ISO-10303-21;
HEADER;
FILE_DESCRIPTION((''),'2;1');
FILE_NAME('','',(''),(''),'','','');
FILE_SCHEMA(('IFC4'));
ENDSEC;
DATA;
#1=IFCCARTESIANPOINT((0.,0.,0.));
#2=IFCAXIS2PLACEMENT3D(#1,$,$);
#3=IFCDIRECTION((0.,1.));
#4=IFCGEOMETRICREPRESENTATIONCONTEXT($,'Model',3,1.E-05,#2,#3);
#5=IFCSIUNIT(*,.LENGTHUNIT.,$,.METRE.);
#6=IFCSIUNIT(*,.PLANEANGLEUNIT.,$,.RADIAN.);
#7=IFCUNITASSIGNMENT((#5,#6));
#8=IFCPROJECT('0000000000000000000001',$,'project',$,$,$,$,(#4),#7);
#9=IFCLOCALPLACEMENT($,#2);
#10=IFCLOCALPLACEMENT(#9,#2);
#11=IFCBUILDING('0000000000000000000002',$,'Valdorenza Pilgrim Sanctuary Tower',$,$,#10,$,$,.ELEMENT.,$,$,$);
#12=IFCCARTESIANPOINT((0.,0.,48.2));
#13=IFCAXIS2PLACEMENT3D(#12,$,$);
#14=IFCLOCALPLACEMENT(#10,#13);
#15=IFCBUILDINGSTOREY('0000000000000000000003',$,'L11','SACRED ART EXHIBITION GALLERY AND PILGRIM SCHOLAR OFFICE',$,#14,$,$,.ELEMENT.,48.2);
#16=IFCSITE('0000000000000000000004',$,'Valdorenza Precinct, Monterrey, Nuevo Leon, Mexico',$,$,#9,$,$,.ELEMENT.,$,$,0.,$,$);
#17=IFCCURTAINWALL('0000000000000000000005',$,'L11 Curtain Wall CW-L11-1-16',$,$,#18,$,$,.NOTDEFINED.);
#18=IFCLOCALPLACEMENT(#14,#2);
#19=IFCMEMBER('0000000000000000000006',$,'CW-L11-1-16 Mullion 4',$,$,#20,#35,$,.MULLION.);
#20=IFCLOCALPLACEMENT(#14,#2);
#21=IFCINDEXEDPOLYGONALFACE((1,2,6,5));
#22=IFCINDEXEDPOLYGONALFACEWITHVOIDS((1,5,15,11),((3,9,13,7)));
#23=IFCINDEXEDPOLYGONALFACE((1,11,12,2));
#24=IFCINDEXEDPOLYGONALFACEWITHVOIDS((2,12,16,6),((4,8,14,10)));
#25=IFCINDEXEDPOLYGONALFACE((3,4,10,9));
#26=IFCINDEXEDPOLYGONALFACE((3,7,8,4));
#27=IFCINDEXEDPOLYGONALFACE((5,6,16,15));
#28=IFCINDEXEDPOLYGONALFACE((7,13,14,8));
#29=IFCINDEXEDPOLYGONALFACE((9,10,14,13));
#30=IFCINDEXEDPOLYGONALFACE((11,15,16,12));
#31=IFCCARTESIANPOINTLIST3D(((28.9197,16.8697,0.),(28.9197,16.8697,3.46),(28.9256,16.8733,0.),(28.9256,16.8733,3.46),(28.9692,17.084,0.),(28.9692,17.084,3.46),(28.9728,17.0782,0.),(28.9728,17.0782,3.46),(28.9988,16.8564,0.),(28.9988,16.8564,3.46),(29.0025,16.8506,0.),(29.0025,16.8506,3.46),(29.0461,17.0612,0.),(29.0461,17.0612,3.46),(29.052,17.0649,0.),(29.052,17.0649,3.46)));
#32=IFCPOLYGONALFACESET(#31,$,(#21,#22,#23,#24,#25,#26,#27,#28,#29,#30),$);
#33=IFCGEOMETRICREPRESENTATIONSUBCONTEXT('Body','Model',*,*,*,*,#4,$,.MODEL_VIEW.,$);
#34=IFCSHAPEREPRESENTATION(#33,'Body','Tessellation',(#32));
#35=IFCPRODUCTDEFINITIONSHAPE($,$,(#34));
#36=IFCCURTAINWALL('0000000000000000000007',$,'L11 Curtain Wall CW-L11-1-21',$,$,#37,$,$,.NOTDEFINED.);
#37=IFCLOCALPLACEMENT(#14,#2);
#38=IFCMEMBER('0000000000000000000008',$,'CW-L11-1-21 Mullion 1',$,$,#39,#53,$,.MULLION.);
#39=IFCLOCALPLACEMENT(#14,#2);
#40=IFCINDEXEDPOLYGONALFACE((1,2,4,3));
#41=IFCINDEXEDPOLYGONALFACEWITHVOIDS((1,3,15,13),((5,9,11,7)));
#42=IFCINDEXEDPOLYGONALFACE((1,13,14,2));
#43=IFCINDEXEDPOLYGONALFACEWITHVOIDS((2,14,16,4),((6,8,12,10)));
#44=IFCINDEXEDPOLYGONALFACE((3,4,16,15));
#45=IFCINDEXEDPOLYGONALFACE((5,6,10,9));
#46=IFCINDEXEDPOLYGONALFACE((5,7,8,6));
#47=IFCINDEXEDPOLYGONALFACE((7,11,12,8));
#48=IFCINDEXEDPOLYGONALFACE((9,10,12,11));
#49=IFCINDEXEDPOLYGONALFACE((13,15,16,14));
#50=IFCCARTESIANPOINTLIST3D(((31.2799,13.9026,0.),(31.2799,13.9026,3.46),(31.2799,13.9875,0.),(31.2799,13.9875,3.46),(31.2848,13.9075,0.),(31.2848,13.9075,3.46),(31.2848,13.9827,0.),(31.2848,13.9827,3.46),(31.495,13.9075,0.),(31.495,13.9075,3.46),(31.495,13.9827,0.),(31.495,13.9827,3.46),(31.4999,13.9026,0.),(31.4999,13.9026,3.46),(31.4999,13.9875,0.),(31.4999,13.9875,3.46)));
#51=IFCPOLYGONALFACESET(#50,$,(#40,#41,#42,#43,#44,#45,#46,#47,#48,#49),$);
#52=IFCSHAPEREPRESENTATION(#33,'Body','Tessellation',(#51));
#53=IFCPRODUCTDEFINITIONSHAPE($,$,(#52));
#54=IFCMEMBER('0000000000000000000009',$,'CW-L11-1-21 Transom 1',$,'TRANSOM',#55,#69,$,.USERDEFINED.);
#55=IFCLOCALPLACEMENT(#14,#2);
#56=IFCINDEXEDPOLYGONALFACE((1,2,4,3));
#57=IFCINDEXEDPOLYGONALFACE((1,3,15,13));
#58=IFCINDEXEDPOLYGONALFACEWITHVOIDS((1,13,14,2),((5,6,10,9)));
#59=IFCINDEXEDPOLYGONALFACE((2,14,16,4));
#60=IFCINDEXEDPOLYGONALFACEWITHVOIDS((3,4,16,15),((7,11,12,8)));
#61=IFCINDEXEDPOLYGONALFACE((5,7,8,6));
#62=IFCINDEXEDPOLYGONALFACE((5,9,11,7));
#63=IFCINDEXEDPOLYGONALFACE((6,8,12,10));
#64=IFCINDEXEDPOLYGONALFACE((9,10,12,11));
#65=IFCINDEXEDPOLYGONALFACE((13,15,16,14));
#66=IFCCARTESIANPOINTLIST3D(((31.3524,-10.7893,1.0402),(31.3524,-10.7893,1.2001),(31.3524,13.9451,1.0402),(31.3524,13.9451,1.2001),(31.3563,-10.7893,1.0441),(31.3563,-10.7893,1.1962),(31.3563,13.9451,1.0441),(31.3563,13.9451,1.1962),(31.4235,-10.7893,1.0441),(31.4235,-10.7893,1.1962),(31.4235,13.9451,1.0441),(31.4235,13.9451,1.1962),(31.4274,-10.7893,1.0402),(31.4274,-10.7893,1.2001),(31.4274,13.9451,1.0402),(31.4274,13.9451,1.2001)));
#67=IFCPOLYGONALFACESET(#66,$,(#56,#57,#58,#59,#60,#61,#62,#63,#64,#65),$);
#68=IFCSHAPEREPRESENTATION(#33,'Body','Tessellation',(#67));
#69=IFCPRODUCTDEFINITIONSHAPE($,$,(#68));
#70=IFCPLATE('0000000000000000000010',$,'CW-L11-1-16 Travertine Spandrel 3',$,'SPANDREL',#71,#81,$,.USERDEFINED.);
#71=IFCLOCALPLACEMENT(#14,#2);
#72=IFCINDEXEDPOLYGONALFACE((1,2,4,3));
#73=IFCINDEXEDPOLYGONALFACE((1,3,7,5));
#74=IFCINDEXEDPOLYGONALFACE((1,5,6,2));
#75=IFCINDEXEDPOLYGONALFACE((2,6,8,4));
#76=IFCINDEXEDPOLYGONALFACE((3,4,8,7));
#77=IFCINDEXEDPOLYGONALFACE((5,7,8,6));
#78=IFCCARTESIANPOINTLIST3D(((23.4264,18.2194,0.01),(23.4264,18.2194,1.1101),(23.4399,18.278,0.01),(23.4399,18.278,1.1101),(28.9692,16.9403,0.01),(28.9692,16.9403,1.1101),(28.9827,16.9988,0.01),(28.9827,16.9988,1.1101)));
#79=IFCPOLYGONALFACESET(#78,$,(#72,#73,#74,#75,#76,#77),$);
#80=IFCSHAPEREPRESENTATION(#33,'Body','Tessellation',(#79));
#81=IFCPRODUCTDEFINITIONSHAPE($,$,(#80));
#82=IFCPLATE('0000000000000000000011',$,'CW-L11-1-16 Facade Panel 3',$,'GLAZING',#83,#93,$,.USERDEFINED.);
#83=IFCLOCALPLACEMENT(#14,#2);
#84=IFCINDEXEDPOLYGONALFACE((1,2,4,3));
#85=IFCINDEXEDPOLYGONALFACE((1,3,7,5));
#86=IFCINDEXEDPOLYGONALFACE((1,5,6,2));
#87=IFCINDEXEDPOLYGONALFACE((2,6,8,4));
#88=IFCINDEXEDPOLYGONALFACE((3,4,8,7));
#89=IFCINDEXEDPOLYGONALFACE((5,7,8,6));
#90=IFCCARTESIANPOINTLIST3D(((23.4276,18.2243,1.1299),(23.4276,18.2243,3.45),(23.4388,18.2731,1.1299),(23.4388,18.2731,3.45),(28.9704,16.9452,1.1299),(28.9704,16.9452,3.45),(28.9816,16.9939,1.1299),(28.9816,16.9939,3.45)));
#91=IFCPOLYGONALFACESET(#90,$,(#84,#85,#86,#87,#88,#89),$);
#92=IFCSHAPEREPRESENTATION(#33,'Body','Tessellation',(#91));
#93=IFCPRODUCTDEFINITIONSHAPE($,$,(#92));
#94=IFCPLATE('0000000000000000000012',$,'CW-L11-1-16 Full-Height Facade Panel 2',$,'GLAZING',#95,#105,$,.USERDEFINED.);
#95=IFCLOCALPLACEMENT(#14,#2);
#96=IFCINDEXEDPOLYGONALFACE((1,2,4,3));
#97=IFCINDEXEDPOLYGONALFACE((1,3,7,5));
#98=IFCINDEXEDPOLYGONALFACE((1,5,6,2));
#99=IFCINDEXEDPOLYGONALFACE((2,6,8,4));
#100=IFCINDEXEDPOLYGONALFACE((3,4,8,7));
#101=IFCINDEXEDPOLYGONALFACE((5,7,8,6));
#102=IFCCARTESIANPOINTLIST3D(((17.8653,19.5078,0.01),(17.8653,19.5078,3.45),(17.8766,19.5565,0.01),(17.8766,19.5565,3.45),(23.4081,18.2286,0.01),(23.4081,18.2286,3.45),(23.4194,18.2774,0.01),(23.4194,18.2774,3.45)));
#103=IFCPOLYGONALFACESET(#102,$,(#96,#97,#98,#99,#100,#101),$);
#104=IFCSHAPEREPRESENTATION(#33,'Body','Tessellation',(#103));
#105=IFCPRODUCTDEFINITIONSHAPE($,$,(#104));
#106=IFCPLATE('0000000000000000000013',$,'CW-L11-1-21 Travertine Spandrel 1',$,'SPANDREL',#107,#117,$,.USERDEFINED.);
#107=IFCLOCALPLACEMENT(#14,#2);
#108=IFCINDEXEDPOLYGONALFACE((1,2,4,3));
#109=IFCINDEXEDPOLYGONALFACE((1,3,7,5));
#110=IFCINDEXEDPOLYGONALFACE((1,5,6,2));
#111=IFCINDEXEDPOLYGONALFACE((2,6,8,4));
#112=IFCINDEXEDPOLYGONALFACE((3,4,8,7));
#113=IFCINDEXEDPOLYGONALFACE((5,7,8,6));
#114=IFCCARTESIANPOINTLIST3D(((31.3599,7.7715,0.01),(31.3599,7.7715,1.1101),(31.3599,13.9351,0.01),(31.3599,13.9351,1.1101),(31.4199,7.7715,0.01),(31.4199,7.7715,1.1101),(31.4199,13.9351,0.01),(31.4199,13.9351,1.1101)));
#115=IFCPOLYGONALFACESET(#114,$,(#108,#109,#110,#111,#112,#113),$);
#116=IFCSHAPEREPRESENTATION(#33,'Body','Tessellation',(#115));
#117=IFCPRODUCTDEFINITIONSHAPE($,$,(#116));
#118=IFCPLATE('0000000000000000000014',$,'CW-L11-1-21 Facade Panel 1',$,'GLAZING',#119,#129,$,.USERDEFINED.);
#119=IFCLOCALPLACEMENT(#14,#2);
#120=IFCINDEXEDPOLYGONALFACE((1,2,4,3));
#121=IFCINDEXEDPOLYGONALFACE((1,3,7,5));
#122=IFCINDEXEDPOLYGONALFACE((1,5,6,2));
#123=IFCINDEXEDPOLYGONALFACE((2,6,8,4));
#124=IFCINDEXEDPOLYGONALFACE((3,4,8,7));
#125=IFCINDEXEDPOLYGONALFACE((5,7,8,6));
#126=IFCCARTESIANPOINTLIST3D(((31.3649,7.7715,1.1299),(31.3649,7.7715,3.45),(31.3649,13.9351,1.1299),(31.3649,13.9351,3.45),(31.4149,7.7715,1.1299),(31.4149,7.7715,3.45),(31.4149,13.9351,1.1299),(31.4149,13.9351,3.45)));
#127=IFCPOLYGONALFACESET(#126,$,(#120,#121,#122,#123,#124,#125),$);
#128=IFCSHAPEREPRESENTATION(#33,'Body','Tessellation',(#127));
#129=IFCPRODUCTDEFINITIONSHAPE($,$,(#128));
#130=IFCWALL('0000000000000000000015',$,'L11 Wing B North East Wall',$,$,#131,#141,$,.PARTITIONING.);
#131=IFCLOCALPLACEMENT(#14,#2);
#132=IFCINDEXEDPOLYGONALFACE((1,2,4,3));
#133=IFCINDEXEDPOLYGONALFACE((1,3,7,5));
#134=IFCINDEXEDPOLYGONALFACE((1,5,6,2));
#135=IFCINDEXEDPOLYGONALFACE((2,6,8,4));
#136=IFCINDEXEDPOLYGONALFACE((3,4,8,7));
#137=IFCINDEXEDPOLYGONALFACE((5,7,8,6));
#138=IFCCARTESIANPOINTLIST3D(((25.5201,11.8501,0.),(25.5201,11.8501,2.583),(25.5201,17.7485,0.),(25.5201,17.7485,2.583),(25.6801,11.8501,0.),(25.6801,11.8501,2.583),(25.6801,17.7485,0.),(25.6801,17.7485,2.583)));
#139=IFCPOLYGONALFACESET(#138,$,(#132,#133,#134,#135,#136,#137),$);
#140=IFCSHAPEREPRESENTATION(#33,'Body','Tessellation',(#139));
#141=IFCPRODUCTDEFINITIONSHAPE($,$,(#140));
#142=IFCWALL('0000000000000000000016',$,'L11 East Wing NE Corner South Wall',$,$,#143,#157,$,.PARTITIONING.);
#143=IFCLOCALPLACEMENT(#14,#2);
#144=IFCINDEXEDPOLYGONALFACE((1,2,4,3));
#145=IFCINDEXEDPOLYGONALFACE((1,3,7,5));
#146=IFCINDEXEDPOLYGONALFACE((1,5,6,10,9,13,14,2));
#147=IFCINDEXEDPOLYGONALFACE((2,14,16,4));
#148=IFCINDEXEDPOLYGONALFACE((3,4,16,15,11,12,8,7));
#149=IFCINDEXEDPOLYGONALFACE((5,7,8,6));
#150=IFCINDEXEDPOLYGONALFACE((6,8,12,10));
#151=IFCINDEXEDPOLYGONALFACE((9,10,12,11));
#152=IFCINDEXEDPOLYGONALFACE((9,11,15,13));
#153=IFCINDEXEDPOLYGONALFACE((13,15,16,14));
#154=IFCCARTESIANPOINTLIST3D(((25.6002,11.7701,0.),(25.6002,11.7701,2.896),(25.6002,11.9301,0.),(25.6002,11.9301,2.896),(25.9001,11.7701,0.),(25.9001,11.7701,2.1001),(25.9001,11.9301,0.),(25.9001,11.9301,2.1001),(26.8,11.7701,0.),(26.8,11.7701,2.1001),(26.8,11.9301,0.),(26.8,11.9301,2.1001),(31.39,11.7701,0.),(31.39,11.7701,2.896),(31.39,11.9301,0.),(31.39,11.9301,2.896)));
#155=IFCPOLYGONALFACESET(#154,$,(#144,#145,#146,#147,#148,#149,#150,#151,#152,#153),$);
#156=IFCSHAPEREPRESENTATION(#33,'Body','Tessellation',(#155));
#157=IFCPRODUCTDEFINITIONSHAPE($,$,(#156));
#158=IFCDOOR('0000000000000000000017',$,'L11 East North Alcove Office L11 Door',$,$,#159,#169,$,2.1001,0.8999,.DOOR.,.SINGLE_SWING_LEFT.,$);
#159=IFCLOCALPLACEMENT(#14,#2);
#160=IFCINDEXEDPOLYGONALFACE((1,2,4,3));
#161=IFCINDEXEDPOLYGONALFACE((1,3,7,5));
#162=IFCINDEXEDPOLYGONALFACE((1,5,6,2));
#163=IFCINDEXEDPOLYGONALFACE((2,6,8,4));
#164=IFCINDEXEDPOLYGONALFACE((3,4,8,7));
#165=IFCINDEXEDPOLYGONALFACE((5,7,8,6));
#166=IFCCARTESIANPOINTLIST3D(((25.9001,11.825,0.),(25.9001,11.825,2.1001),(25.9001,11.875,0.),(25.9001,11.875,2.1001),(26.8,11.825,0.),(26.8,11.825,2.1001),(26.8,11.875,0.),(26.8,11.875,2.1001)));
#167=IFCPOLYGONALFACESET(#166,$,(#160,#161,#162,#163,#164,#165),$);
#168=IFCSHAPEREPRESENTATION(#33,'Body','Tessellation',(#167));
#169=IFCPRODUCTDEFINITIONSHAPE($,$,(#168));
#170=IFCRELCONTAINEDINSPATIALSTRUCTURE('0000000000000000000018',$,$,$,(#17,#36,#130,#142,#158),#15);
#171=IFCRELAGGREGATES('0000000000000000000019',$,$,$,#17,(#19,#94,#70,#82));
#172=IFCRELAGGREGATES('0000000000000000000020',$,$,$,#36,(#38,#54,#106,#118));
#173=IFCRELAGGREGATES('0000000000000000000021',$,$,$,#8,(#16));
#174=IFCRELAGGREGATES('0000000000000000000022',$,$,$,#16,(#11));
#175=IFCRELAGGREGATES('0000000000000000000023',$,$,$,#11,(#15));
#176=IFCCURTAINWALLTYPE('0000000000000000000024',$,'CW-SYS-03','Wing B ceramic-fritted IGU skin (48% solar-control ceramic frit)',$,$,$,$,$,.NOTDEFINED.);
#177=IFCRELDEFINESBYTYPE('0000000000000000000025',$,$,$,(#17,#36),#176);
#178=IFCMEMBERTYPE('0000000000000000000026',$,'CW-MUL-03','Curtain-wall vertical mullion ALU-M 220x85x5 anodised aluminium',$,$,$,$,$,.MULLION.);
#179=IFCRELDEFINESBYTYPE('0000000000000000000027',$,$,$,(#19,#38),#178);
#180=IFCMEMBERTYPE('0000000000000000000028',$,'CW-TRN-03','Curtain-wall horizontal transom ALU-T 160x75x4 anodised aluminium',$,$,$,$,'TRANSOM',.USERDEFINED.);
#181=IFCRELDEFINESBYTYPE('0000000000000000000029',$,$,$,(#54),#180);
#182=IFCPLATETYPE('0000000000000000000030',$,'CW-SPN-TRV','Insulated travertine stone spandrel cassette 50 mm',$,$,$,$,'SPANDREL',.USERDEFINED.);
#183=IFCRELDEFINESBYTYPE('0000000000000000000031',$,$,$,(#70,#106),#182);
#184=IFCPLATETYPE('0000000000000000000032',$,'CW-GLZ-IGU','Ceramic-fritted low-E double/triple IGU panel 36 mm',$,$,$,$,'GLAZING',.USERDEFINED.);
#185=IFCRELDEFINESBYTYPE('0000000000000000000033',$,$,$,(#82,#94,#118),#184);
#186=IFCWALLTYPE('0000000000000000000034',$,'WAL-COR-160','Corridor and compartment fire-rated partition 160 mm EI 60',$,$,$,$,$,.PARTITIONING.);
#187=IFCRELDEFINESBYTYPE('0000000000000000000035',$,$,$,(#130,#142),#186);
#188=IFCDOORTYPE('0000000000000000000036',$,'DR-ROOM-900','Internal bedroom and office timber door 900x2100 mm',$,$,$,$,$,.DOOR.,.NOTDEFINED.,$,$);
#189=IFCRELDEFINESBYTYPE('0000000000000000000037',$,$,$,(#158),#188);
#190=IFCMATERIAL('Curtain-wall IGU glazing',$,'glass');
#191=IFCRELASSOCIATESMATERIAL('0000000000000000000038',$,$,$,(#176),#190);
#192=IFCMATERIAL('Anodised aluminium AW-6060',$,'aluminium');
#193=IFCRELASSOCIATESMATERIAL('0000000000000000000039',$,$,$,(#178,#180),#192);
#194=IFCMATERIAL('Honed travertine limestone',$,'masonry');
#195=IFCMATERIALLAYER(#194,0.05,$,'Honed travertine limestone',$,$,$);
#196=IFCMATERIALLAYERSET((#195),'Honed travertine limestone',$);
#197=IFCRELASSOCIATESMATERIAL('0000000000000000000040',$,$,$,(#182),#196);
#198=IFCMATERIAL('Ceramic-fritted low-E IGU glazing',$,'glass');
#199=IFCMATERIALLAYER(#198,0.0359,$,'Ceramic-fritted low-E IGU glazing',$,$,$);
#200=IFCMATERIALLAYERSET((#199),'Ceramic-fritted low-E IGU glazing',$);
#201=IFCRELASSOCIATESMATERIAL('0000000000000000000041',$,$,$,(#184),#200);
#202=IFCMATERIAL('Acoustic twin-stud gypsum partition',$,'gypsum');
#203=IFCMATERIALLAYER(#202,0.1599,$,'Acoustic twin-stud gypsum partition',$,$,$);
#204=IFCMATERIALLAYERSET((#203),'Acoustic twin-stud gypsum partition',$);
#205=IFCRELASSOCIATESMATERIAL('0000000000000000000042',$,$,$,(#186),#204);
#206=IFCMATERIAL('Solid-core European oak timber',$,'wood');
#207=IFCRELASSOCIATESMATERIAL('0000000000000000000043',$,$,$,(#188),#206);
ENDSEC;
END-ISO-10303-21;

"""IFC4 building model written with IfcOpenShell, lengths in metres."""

from ifc_helpers import new_model, si_unit, direction, frame, frame_2d, origin, origin_2d, place, context, subcontext, project, spatial, rectangle, hollow_rectangle, extrude, source, transform, mapped, material, layer, layer_set, material_profile, profile_set, type_object, element, fill, aggregate, save


model = new_model("IFC4")

# Units and contexts
model_context = context("Model", 3, precision=1e-05, world=origin(), true_north=direction((0.0, 1.0)))
body_context = subcontext(model_context, "Body", "Model", "MODEL_VIEW")
ifc_project = project(units=[si_unit("LENGTHUNIT", "METRE"), si_unit("PLANEANGLEUNIT", "RADIAN")], contexts=[model_context])

# Site, building, storey
site_placement = place(None, origin())
site = spatial("IfcSite", under=ifc_project, at=site_placement, Name="Valdorenza Precinct, Monterrey, Nuevo Leon, Mexico", CompositionType="ELEMENT", RefElevation=0.0)
building_placement = place(site_placement, origin())
building = spatial("IfcBuilding", under=site, at=building_placement, Name="Valdorenza Pilgrim Sanctuary Tower", CompositionType="ELEMENT")
storey_placement = place(building_placement, frame((0.0, 0.0, 48.2)))
storey = spatial("IfcBuildingStorey", under=building, at=storey_placement, Name="L11", Description="SACRED ART EXHIBITION GALLERY AND PILGRIM SCHOLAR OFFICE", CompositionType="ELEMENT", Elevation=48.2)

# Curtain walls, members
ifc_material_1 = material(Name="Curtain-wall IGU glazing", Category="glass")
curtain_wall_type = type_object("IfcCurtainWallType", Name="CW-SYS-03", Description="Wing B ceramic-fritted IGU skin (48% solar-control ceramic frit)", PredefinedType="NOTDEFINED", material=ifc_material_1)
curtain_wall_1_placement = place(storey_placement, origin())
curtain_wall_1 = element("IfcCurtainWall", 1, at=curtain_wall_1_placement, inside=storey, type_object=curtain_wall_type, Name="L11 Curtain Wall CW-L11-1-16", PredefinedType="NOTDEFINED")
ifc_material_2 = material(Name="Anodised aluminium AW-6060", Category="aluminium")
ifc_material_profile_1 = material_profile(ifc_material_2, hollow_rectangle(XDim=0.085, YDim=0.22, WallThickness=0.0049, at=origin_2d()), Name="ALU-M 220x85x5")
ifc_profile_set_1 = profile_set([ifc_material_profile_1], Name="Anodised aluminium AW-6060")
member_type_1 = type_object("IfcMemberType", Name="CW-MUL-03", Description="Curtain-wall vertical mullion ALU-M 220x85x5 anodised aluminium", PredefinedType="MULLION", material=ifc_profile_set_1)
shared_shape_1 = source(origin(), body_context, "Body", "SweptSolid", [
    extrude(hollow_rectangle(XDim=0.085, YDim=0.22, WallThickness=0.0049, at=origin_2d()), origin(), (0.0, 0.0, 1.0), 3.46),
])
member_1_placement = place(storey_placement, frame((28.9858, 16.9673, 0.0), z_axis=(0.0, 0.0, 1.0), x_axis=(0.97439, -0.224866, 0.0)))
member_1 = element("IfcMember", 2, at=member_1_placement, type_object=member_type_1, Name="CW-L11-1-16 Mullion 4", PredefinedType="MULLION", context=body_context, shape_type="MappedRepresentation", body=[
    mapped(shared_shape_1, transform((0.0, 0.0, 0.0), x_axis=(1.0, 0.0, 0.0), y_axis=(0.0, 1.0, 0.0), z_axis=(0.0, 0.0, 1.0), scale=1.0)),
])
curtain_wall_2_placement = place(storey_placement, origin())
curtain_wall_2 = element("IfcCurtainWall", 3, at=curtain_wall_2_placement, inside=storey, type_object=curtain_wall_type, Name="L11 Curtain Wall CW-L11-1-21", PredefinedType="NOTDEFINED")
member_2_placement = place(storey_placement, frame((31.3899, 13.9451, 0.0), z_axis=(0.0, 0.0, 1.0), x_axis=(0.0, -1.0, 0.0)))
member_2 = element("IfcMember", 4, at=member_2_placement, type_object=member_type_1, Name="CW-L11-1-21 Mullion 1", PredefinedType="MULLION", context=body_context, shape_type="MappedRepresentation", body=[
    mapped(shared_shape_1, transform((0.0, 0.0, 0.0), x_axis=(1.0, 0.0, 0.0), y_axis=(0.0, 1.0, 0.0), z_axis=(0.0, 0.0, 1.0), scale=1.0)),
])
ifc_material_profile_2 = material_profile(ifc_material_2, hollow_rectangle(XDim=0.075, YDim=0.1599, WallThickness=0.0039, at=origin_2d()), Name="ALU-T 160x75x4")
ifc_profile_set_2 = profile_set([ifc_material_profile_2], Name="Anodised aluminium AW-6060")
member_type_2 = type_object("IfcMemberType", Name="CW-TRN-03", Description="Curtain-wall horizontal transom ALU-T 160x75x4 anodised aluminium", ElementType="TRANSOM", PredefinedType="USERDEFINED", material=ifc_profile_set_2)
shared_shape_2 = source(origin(), body_context, "Body", "SweptSolid", [
    extrude(hollow_rectangle(XDim=0.075, YDim=0.1599, WallThickness=0.0039, at=origin_2d()), origin(), (0.0, 0.0, 1.0), 24.7344),
])
member_3_placement = place(storey_placement, frame((31.3899, 13.9451, 1.1201), z_axis=(0.0, -1.0, 0.0), x_axis=(1.0, 0.0, 0.0)))
member_3 = element("IfcMember", 5, at=member_3_placement, type_object=member_type_2, Name="CW-L11-1-21 Transom 1", ObjectType="TRANSOM", PredefinedType="USERDEFINED", context=body_context, shape_type="MappedRepresentation", body=[
    mapped(shared_shape_2, transform((0.0, 0.0, 0.0), x_axis=(1.0, 0.0, 0.0), y_axis=(0.0, 1.0, 0.0), z_axis=(0.0, 0.0, 1.0), scale=1.0)),
])

# Plates
ifc_material_3 = material(Name="Honed travertine limestone", Category="masonry")
ifc_layer_1 = layer(ifc_material_3, 0.05, Name="Honed travertine limestone")
ifc_layer_set_1 = layer_set([ifc_layer_1], Name="Honed travertine limestone")
plate_type_1 = type_object("IfcPlateType", Name="CW-SPN-TRV", Description="Insulated travertine stone spandrel cassette 50 mm", ElementType="SPANDREL", PredefinedType="USERDEFINED", material=ifc_layer_set_1)
shared_shape_3 = source(origin(), body_context, "Body", "SweptSolid", [
    extrude(rectangle(XDim=5.6885, YDim=0.0601, at=origin_2d()), origin(), (0.0, 0.0, 1.0), 1.1001),
])
plate_1_placement = place(storey_placement, frame((26.2046, 17.6091, 0.01), z_axis=(0.0, 0.0, 1.0), x_axis=(0.97439, -0.224866, 0.0)))
plate_1 = element("IfcPlate", 6, at=plate_1_placement, type_object=plate_type_1, Name="CW-L11-1-16 Travertine Spandrel 3", ObjectType="SPANDREL", PredefinedType="USERDEFINED", context=body_context, shape_type="MappedRepresentation", body=[
    mapped(shared_shape_3, transform((0.0, 0.0, 0.0), x_axis=(1.0, 0.0, 0.0), y_axis=(0.0, 1.0, 0.0), z_axis=(0.0, 0.0, 1.0), scale=1.0)),
])
ifc_material_4 = material(Name="Ceramic-fritted low-E IGU glazing", Category="glass")
ifc_layer_2 = layer(ifc_material_4, 0.0359, Name="Ceramic-fritted low-E IGU glazing")
ifc_layer_set_2 = layer_set([ifc_layer_2], Name="Ceramic-fritted low-E IGU glazing")
plate_type_2 = type_object("IfcPlateType", Name="CW-GLZ-IGU", Description="Ceramic-fritted low-E double/triple IGU panel 36 mm", ElementType="GLAZING", PredefinedType="USERDEFINED", material=ifc_layer_set_2)
shared_shape_4 = source(origin(), body_context, "Body", "SweptSolid", [
    extrude(rectangle(XDim=5.6885, YDim=0.05, at=origin_2d()), origin(), (0.0, 0.0, 1.0), 2.3201),
])
plate_2_placement = place(storey_placement, frame((26.2046, 17.6091, 1.1299), z_axis=(0.0, 0.0, 1.0), x_axis=(0.97439, -0.224866, 0.0)))
plate_2 = element("IfcPlate", 7, at=plate_2_placement, type_object=plate_type_2, Name="CW-L11-1-16 Facade Panel 3", ObjectType="GLAZING", PredefinedType="USERDEFINED", context=body_context, shape_type="MappedRepresentation", body=[
    mapped(shared_shape_4, transform((0.0, 0.0, 0.0), x_axis=(1.0, 0.0, 0.0), y_axis=(0.0, 1.0, 0.0), z_axis=(0.0, 0.0, 1.0), scale=1.0)),
])
shared_shape_5 = source(origin(), body_context, "Body", "SweptSolid", [
    extrude(rectangle(XDim=5.6885, YDim=0.05, at=origin_2d()), origin(), (0.0, 0.0, 1.0), 3.4399),
])
plate_3_placement = place(storey_placement, frame((20.6423, 18.8926, 0.01), z_axis=(0.0, 0.0, 1.0), x_axis=(0.97439, -0.224866, 0.0)))
plate_3 = element("IfcPlate", 8, at=plate_3_placement, type_object=plate_type_2, Name="CW-L11-1-16 Full-Height Facade Panel 2", ObjectType="GLAZING", PredefinedType="USERDEFINED", context=body_context, shape_type="MappedRepresentation", body=[
    mapped(shared_shape_5, transform((0.0, 0.0, 0.0), x_axis=(1.0, 0.0, 0.0), y_axis=(0.0, 1.0, 0.0), z_axis=(0.0, 0.0, 1.0), scale=1.0)),
])
aggregate(curtain_wall_1, [member_1, plate_3, plate_1, plate_2])
shared_shape_6 = source(origin(), body_context, "Body", "SweptSolid", [
    extrude(rectangle(XDim=6.1636, YDim=0.0601, at=origin_2d()), origin(), (0.0, 0.0, 1.0), 1.1001),
])
plate_4_placement = place(storey_placement, frame((31.3899, 10.8533, 0.01), z_axis=(0.0, 0.0, 1.0), x_axis=(0.0, -1.0, 0.0)))
plate_4 = element("IfcPlate", 9, at=plate_4_placement, type_object=plate_type_1, Name="CW-L11-1-21 Travertine Spandrel 1", ObjectType="SPANDREL", PredefinedType="USERDEFINED", context=body_context, shape_type="MappedRepresentation", body=[
    mapped(shared_shape_6, transform((0.0, 0.0, 0.0), x_axis=(1.0, 0.0, 0.0), y_axis=(0.0, 1.0, 0.0), z_axis=(0.0, 0.0, 1.0), scale=1.0)),
])
shared_shape_7 = source(origin(), body_context, "Body", "SweptSolid", [
    extrude(rectangle(XDim=6.1636, YDim=0.05, at=origin_2d()), origin(), (0.0, 0.0, 1.0), 2.3201),
])
plate_5_placement = place(storey_placement, frame((31.3899, 10.8533, 1.1299), z_axis=(0.0, 0.0, 1.0), x_axis=(0.0, -1.0, 0.0)))
plate_5 = element("IfcPlate", 10, at=plate_5_placement, type_object=plate_type_2, Name="CW-L11-1-21 Facade Panel 1", ObjectType="GLAZING", PredefinedType="USERDEFINED", context=body_context, shape_type="MappedRepresentation", body=[
    mapped(shared_shape_7, transform((0.0, 0.0, 0.0), x_axis=(1.0, 0.0, 0.0), y_axis=(0.0, 1.0, 0.0), z_axis=(0.0, 0.0, 1.0), scale=1.0)),
])
aggregate(curtain_wall_2, [member_2, member_3, plate_4, plate_5])

# Wall
ifc_material_5 = material(Name="Acoustic twin-stud gypsum partition", Category="gypsum")
ifc_layer_3 = layer(ifc_material_5, 0.1599, Name="Acoustic twin-stud gypsum partition")
ifc_layer_set_3 = layer_set([ifc_layer_3], Name="Acoustic twin-stud gypsum partition")
wall_type_1 = type_object("IfcWallType", Name="WAL-COR-160", Description="Corridor and compartment fire-rated partition 160 mm EI 60", PredefinedType="PARTITIONING", material=ifc_layer_set_3)
wall_1_placement = place(storey_placement, frame((25.6001, 11.8501, 0.0), z_axis=(0.0, 0.0, 1.0), x_axis=(0.0, 1.0, 0.0)))
element("IfcWall", 11, at=wall_1_placement, inside=storey, type_object=wall_type_1, Name="L11 Wing B North East Wall", PredefinedType="PARTITIONING", context=body_context, shape_type="SweptSolid", body=[
    extrude(rectangle(XDim=5.8984, YDim=0.1599, at=frame_2d((2.9492, 0.0))), origin(), (0.0, 0.0, 1.0), 2.583),
])

# Wall, opening, door
wall_2_placement = place(storey_placement, frame((25.6001, 11.8501, 0.0), z_axis=(0.0, 0.0, 1.0), x_axis=(1.0, 0.0, 0.0)))
wall_2 = element("IfcWall", 12, at=wall_2_placement, inside=storey, type_object=wall_type_1, Name="L11 East Wing NE Corner South Wall", PredefinedType="PARTITIONING", context=body_context, shape_type="SweptSolid", body=[
    extrude(rectangle(XDim=5.7898, YDim=0.1599, at=frame_2d((2.895, 0.0))), origin(), (0.0, 0.0, 1.0), 2.896),
])
opening_placement = place(wall_2_placement, frame((0.3, 0.0, 0.0)))
opening = element("IfcOpeningElement", 13, at=opening_placement, cuts=wall_2, PredefinedType="OPENING", context=body_context, shape_type="SweptSolid", body=[
    extrude(rectangle(XDim=0.8999, YDim=2.1001, at=frame_2d((0.45, 1.05))), frame((0.0, 0.0947, 0.0), z_axis=(0.0, -1.0, 0.0), x_axis=(1.0, 0.0, 0.0)), (0.0, 0.0, 1.0), 0.1897),
])
ifc_material_6 = material(Name="Solid-core European oak timber", Category="wood")
door_type = type_object("IfcDoorType", Name="DR-ROOM-900", Description="Internal bedroom and office timber door 900x2100 mm", OperationType="NOTDEFINED", PredefinedType="DOOR", material=ifc_material_6)
door_placement = place(opening_placement, origin())
door = element("IfcDoor", 14, at=door_placement, inside=storey, type_object=door_type, Name="L11 East North Alcove Office L11 Door", OperationType="SINGLE_SWING_LEFT", OverallHeight=2.1001, OverallWidth=0.8999, PredefinedType="DOOR", context=body_context, shape_type="SweptSolid", body=[
    extrude(rectangle(XDim=0.8999, YDim=2.1001, at=frame_2d((0.45, 1.05))), frame((0.0, 0.0249, 0.0), z_axis=(0.0, -1.0, 0.0), x_axis=(1.0, 0.0, 0.0)), (0.0, 0.0, 1.0), 0.05),
])
fill(opening, door)

save(model, "model.ifc")
